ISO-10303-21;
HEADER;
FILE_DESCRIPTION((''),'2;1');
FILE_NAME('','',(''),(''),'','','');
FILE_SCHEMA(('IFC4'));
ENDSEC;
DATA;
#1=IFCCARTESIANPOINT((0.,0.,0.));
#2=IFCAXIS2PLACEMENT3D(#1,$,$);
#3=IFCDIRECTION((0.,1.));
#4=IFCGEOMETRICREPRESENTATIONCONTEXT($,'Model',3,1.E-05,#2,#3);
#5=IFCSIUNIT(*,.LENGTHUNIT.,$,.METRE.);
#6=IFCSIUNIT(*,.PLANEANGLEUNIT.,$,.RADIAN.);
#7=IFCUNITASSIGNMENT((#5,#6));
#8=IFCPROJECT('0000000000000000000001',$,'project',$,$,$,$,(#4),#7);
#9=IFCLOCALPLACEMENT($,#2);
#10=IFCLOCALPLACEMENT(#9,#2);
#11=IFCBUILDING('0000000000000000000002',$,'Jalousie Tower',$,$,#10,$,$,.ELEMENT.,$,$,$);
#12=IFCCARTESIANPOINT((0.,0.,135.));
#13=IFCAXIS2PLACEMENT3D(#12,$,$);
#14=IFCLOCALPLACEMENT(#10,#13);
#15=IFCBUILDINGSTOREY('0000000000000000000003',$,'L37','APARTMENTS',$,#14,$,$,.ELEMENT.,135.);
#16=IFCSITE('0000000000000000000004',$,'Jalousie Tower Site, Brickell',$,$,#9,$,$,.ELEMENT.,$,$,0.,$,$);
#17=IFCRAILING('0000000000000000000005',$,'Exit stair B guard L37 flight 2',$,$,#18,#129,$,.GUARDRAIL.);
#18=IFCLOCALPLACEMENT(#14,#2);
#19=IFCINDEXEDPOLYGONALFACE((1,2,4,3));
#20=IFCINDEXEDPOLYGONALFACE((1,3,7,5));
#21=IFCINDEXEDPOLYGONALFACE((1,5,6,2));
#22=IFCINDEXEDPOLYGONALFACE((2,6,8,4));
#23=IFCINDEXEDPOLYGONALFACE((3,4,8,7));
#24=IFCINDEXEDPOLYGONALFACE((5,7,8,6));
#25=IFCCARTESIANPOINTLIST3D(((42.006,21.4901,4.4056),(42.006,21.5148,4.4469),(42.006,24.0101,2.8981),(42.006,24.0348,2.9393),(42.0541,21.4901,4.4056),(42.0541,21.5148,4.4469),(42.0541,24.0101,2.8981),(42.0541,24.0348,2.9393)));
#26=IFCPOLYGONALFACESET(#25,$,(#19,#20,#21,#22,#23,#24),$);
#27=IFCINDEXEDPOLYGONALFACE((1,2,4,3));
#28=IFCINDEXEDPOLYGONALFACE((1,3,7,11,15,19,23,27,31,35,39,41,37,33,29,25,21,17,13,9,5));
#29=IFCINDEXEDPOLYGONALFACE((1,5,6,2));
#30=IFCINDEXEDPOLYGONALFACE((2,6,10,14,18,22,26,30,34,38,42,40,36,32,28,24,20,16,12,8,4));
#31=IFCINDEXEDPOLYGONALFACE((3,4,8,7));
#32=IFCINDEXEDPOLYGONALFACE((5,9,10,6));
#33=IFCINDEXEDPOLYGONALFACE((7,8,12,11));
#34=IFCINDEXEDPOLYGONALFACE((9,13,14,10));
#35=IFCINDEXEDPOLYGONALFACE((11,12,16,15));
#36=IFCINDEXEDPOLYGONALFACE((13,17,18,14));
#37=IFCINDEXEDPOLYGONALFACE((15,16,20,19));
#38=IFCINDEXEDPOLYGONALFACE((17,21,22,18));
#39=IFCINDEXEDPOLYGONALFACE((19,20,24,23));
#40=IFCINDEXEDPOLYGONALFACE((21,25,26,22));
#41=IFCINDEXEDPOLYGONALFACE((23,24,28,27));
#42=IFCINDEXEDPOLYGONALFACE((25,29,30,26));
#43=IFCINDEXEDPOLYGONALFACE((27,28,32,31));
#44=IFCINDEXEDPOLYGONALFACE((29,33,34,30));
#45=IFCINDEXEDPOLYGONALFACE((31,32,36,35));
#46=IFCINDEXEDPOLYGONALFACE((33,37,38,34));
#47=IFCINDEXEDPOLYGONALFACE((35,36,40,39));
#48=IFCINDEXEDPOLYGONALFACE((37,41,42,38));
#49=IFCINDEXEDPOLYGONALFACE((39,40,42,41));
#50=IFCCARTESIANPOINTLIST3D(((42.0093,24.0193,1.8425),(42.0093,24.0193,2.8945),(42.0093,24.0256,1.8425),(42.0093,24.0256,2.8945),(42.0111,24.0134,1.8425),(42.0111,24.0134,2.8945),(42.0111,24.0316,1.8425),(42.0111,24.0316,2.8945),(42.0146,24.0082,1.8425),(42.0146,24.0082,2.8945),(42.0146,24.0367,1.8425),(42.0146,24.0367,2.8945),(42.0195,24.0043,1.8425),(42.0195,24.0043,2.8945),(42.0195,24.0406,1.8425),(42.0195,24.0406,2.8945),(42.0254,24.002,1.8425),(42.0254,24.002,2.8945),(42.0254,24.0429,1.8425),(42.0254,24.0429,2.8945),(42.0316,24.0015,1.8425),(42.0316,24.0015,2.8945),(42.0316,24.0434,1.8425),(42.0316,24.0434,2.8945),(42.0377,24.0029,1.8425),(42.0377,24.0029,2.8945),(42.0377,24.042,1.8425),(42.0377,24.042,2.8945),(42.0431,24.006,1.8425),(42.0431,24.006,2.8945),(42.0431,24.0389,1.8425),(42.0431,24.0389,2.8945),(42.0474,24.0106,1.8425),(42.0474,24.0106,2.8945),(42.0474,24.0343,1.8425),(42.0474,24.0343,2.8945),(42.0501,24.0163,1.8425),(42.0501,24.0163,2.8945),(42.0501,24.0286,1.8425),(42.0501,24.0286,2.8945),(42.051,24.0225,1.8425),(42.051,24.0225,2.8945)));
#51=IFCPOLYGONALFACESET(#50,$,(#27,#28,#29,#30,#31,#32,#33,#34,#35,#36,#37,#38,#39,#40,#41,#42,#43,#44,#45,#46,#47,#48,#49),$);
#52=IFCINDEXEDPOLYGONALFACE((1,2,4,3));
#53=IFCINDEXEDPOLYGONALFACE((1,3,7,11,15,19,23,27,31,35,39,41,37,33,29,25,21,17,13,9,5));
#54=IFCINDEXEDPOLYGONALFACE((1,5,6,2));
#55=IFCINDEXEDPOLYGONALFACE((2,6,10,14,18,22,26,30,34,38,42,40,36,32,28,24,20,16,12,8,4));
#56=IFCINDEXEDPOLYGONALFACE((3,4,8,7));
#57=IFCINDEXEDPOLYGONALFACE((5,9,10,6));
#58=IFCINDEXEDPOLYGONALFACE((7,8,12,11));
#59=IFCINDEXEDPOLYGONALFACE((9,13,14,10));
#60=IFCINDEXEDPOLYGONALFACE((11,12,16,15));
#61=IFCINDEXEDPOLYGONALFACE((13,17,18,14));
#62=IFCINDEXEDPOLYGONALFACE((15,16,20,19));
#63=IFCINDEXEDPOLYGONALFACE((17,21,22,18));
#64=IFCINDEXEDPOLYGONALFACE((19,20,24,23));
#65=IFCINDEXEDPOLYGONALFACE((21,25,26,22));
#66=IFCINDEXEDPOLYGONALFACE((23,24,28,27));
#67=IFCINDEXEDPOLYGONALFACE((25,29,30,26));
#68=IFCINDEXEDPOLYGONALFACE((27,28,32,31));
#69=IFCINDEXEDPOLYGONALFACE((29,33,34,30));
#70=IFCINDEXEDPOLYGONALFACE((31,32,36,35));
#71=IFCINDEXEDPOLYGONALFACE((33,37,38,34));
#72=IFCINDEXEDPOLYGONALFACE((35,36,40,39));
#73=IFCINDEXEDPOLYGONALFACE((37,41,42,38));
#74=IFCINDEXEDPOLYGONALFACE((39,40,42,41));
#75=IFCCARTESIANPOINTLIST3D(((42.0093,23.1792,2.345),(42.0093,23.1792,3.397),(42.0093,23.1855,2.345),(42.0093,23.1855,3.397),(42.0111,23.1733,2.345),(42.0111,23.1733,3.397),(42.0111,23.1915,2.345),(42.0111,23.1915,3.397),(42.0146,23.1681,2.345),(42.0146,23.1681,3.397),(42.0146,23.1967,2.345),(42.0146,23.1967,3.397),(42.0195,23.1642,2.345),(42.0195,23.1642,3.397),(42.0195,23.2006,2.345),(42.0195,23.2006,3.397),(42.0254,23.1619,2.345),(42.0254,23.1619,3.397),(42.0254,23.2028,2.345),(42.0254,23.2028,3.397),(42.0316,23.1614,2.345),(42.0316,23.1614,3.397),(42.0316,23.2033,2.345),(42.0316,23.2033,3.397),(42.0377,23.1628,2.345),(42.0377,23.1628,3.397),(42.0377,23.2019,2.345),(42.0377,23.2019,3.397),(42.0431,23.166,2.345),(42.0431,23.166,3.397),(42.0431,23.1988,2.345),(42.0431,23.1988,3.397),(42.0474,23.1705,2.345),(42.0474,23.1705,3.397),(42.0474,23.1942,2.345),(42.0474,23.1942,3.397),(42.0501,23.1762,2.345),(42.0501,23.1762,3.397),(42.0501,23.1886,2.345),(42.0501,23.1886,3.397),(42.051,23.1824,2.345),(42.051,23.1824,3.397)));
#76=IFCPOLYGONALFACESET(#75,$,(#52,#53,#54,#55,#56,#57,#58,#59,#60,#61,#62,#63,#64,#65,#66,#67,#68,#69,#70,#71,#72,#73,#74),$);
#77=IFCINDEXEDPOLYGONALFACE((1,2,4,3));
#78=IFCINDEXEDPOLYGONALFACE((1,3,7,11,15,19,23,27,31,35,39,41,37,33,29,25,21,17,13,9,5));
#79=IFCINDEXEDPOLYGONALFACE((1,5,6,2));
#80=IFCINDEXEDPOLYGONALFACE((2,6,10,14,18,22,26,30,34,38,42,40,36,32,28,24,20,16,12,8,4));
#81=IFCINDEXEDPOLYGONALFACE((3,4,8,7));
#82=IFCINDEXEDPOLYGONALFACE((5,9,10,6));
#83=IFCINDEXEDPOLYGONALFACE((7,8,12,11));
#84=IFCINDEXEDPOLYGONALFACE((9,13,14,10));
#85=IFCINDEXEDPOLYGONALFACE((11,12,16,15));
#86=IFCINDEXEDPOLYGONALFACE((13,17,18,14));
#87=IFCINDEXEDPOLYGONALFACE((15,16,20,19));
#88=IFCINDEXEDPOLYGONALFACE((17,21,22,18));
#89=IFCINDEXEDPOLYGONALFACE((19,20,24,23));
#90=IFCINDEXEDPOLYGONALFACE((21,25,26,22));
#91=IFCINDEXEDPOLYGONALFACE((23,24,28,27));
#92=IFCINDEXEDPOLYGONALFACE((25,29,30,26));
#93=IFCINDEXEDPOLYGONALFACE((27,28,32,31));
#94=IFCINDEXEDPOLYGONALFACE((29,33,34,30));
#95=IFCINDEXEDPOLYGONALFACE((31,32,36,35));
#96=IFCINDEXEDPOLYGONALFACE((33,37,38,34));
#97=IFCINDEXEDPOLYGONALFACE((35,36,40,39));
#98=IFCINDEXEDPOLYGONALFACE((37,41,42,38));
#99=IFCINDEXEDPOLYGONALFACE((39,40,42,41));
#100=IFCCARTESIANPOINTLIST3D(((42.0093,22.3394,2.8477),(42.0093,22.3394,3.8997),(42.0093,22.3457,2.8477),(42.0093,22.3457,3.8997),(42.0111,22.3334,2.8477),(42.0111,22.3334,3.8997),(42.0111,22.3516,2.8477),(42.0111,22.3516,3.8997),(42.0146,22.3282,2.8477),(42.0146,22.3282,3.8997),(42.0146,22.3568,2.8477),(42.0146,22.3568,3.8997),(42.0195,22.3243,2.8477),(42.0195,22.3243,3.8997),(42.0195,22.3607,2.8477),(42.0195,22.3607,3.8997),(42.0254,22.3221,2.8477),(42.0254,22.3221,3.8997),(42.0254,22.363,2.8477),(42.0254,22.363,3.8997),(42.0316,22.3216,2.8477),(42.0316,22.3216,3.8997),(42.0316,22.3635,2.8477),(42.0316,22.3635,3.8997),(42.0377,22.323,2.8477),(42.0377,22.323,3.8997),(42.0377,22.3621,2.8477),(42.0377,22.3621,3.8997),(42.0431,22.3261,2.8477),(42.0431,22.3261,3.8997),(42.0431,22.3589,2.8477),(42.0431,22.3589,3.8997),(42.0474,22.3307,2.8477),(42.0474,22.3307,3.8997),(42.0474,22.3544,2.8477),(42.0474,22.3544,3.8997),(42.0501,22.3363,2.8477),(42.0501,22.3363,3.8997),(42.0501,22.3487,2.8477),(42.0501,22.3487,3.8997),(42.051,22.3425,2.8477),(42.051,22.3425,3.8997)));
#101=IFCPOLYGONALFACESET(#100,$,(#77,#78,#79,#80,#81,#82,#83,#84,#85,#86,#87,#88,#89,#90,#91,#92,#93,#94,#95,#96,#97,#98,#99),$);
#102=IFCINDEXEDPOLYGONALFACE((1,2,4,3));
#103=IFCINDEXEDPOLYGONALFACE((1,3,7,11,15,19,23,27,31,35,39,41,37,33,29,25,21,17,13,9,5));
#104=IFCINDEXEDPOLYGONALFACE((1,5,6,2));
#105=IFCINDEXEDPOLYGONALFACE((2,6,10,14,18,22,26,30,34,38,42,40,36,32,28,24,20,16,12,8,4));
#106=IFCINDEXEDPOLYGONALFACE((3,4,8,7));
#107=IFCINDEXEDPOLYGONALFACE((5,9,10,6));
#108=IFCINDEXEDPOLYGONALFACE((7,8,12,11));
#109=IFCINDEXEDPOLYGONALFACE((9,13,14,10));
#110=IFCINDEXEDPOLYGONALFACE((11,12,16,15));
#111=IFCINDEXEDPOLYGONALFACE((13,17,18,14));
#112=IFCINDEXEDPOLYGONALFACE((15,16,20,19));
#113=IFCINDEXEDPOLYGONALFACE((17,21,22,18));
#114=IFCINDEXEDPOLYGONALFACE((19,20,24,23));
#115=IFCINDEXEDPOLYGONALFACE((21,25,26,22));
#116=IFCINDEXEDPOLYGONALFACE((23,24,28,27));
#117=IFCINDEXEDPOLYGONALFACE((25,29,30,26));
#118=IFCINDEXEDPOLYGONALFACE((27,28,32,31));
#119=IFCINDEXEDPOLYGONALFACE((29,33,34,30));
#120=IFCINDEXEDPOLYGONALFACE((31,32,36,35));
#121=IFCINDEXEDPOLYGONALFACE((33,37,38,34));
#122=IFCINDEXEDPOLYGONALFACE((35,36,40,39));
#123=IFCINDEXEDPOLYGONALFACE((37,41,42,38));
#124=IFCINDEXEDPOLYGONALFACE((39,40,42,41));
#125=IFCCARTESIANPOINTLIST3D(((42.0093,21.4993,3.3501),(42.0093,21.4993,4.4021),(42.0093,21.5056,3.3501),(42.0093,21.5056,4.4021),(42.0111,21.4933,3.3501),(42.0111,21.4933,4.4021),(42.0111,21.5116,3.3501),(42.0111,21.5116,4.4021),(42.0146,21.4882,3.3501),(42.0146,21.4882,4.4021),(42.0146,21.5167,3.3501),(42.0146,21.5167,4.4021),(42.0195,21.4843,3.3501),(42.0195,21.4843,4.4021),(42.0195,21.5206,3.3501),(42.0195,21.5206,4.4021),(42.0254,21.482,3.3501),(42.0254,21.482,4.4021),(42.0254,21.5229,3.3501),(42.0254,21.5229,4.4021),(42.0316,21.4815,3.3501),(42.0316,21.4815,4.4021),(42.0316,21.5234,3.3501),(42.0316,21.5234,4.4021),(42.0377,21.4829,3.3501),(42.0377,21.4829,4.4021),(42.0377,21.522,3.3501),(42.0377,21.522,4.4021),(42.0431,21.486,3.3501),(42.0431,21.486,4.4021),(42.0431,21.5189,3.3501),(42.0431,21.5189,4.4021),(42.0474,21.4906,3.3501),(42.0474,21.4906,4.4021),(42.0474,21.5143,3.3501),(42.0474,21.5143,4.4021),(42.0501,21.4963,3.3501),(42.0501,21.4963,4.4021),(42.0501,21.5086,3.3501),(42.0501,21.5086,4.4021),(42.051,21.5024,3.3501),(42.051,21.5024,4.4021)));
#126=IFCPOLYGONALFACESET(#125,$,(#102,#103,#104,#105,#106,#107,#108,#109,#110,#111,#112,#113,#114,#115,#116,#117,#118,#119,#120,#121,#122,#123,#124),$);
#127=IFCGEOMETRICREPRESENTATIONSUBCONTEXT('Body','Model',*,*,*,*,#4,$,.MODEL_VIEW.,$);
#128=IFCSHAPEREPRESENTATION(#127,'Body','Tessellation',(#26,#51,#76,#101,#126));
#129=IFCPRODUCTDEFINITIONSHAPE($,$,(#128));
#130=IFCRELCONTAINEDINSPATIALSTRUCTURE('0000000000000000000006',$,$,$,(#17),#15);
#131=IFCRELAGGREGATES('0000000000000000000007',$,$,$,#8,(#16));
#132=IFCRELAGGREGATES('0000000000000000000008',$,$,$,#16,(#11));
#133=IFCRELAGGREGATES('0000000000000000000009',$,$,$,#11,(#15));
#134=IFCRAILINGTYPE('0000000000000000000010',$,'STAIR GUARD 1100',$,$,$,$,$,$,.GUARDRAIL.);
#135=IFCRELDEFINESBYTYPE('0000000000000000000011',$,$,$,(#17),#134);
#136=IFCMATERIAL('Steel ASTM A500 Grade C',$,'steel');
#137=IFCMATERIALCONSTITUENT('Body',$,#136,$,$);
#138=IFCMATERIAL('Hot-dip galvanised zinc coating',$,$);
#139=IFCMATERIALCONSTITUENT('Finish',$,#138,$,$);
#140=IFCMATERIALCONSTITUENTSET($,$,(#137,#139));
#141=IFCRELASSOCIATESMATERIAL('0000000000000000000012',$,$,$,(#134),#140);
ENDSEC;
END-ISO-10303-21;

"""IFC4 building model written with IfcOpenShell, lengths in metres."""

from ifc_helpers import new_model, si_unit, direction, frame, origin, origin_2d, place, context, subcontext, project, spatial, rectangle, circle, extrude, material, constituent, constituent_set, type_object, element, save


model = new_model("IFC4")

# Units and contexts
model_context = context("Model", 3, precision=1e-05, world=origin(), true_north=direction((0.0, 1.0)))
body_context = subcontext(model_context, "Body", "Model", "MODEL_VIEW")
ifc_project = project(units=[si_unit("LENGTHUNIT", "METRE"), si_unit("PLANEANGLEUNIT", "RADIAN")], contexts=[model_context])

# Site, building, storey
site_placement = place(None, origin())
site = spatial("IfcSite", under=ifc_project, at=site_placement, Name="Jalousie Tower Site, Brickell", CompositionType="ELEMENT", RefElevation=0.0)
building_placement = place(site_placement, origin())
building = spatial("IfcBuilding", under=site, at=building_placement, Name="Jalousie Tower", CompositionType="ELEMENT")
storey_placement = place(building_placement, frame((0.0, 0.0, 135.0)))
storey = spatial("IfcBuildingStorey", under=building, at=storey_placement, Name="L37", Description="APARTMENTS", CompositionType="ELEMENT", Elevation=135.0)

# Railing
ifc_material_1 = material(Name="Steel ASTM A500 Grade C", Category="steel")
ifc_constituent_1 = constituent(ifc_material_1, Name="Body")
ifc_material_2 = material(Name="Hot-dip galvanised zinc coating")
ifc_constituent_2 = constituent(ifc_material_2, Name="Finish")
ifc_constituent_set_1 = constituent_set(constituents=[ifc_constituent_1, ifc_constituent_2])
railing_type_1 = type_object("IfcRailingType", Name="STAIR GUARD 1100", PredefinedType="GUARDRAIL", material=ifc_constituent_set_1)
railing_1_placement = place(storey_placement, frame((42.03, 24.0225, 1.8425)))
element("IfcRailing", 1, at=railing_1_placement, inside=storey, type_object=railing_type_1, Name="Exit stair B guard L37 flight 2", PredefinedType="GUARDRAIL", context=body_context, shape_type="SweptSolid", body=[
    extrude(rectangle(XDim=0.0481, YDim=0.0481, at=origin_2d()), frame((0.0, 0.0, 1.0762), z_axis=(0.0, -0.85816, 0.513383), x_axis=(1.0, 0.0, 0.0)), (0.0, 0.0, 1.0), 2.9365),
    extrude(circle(Radius=0.021, at=origin_2d()), origin(), (0.0, 0.0, 1.0), 1.052),
    extrude(circle(Radius=0.021, at=origin_2d()), frame((0.0, -0.8401, 0.5024)), (0.0, 0.0, 1.0), 1.052),
    extrude(circle(Radius=0.021, at=origin_2d()), frame((0.0, -1.6799, 1.0051)), (0.0, 0.0, 1.0), 1.052),
    extrude(circle(Radius=0.021, at=origin_2d()), frame((0.0, -2.52, 1.5076)), (0.0, 0.0, 1.0), 1.052),
])

save(model, "model.ifc")
